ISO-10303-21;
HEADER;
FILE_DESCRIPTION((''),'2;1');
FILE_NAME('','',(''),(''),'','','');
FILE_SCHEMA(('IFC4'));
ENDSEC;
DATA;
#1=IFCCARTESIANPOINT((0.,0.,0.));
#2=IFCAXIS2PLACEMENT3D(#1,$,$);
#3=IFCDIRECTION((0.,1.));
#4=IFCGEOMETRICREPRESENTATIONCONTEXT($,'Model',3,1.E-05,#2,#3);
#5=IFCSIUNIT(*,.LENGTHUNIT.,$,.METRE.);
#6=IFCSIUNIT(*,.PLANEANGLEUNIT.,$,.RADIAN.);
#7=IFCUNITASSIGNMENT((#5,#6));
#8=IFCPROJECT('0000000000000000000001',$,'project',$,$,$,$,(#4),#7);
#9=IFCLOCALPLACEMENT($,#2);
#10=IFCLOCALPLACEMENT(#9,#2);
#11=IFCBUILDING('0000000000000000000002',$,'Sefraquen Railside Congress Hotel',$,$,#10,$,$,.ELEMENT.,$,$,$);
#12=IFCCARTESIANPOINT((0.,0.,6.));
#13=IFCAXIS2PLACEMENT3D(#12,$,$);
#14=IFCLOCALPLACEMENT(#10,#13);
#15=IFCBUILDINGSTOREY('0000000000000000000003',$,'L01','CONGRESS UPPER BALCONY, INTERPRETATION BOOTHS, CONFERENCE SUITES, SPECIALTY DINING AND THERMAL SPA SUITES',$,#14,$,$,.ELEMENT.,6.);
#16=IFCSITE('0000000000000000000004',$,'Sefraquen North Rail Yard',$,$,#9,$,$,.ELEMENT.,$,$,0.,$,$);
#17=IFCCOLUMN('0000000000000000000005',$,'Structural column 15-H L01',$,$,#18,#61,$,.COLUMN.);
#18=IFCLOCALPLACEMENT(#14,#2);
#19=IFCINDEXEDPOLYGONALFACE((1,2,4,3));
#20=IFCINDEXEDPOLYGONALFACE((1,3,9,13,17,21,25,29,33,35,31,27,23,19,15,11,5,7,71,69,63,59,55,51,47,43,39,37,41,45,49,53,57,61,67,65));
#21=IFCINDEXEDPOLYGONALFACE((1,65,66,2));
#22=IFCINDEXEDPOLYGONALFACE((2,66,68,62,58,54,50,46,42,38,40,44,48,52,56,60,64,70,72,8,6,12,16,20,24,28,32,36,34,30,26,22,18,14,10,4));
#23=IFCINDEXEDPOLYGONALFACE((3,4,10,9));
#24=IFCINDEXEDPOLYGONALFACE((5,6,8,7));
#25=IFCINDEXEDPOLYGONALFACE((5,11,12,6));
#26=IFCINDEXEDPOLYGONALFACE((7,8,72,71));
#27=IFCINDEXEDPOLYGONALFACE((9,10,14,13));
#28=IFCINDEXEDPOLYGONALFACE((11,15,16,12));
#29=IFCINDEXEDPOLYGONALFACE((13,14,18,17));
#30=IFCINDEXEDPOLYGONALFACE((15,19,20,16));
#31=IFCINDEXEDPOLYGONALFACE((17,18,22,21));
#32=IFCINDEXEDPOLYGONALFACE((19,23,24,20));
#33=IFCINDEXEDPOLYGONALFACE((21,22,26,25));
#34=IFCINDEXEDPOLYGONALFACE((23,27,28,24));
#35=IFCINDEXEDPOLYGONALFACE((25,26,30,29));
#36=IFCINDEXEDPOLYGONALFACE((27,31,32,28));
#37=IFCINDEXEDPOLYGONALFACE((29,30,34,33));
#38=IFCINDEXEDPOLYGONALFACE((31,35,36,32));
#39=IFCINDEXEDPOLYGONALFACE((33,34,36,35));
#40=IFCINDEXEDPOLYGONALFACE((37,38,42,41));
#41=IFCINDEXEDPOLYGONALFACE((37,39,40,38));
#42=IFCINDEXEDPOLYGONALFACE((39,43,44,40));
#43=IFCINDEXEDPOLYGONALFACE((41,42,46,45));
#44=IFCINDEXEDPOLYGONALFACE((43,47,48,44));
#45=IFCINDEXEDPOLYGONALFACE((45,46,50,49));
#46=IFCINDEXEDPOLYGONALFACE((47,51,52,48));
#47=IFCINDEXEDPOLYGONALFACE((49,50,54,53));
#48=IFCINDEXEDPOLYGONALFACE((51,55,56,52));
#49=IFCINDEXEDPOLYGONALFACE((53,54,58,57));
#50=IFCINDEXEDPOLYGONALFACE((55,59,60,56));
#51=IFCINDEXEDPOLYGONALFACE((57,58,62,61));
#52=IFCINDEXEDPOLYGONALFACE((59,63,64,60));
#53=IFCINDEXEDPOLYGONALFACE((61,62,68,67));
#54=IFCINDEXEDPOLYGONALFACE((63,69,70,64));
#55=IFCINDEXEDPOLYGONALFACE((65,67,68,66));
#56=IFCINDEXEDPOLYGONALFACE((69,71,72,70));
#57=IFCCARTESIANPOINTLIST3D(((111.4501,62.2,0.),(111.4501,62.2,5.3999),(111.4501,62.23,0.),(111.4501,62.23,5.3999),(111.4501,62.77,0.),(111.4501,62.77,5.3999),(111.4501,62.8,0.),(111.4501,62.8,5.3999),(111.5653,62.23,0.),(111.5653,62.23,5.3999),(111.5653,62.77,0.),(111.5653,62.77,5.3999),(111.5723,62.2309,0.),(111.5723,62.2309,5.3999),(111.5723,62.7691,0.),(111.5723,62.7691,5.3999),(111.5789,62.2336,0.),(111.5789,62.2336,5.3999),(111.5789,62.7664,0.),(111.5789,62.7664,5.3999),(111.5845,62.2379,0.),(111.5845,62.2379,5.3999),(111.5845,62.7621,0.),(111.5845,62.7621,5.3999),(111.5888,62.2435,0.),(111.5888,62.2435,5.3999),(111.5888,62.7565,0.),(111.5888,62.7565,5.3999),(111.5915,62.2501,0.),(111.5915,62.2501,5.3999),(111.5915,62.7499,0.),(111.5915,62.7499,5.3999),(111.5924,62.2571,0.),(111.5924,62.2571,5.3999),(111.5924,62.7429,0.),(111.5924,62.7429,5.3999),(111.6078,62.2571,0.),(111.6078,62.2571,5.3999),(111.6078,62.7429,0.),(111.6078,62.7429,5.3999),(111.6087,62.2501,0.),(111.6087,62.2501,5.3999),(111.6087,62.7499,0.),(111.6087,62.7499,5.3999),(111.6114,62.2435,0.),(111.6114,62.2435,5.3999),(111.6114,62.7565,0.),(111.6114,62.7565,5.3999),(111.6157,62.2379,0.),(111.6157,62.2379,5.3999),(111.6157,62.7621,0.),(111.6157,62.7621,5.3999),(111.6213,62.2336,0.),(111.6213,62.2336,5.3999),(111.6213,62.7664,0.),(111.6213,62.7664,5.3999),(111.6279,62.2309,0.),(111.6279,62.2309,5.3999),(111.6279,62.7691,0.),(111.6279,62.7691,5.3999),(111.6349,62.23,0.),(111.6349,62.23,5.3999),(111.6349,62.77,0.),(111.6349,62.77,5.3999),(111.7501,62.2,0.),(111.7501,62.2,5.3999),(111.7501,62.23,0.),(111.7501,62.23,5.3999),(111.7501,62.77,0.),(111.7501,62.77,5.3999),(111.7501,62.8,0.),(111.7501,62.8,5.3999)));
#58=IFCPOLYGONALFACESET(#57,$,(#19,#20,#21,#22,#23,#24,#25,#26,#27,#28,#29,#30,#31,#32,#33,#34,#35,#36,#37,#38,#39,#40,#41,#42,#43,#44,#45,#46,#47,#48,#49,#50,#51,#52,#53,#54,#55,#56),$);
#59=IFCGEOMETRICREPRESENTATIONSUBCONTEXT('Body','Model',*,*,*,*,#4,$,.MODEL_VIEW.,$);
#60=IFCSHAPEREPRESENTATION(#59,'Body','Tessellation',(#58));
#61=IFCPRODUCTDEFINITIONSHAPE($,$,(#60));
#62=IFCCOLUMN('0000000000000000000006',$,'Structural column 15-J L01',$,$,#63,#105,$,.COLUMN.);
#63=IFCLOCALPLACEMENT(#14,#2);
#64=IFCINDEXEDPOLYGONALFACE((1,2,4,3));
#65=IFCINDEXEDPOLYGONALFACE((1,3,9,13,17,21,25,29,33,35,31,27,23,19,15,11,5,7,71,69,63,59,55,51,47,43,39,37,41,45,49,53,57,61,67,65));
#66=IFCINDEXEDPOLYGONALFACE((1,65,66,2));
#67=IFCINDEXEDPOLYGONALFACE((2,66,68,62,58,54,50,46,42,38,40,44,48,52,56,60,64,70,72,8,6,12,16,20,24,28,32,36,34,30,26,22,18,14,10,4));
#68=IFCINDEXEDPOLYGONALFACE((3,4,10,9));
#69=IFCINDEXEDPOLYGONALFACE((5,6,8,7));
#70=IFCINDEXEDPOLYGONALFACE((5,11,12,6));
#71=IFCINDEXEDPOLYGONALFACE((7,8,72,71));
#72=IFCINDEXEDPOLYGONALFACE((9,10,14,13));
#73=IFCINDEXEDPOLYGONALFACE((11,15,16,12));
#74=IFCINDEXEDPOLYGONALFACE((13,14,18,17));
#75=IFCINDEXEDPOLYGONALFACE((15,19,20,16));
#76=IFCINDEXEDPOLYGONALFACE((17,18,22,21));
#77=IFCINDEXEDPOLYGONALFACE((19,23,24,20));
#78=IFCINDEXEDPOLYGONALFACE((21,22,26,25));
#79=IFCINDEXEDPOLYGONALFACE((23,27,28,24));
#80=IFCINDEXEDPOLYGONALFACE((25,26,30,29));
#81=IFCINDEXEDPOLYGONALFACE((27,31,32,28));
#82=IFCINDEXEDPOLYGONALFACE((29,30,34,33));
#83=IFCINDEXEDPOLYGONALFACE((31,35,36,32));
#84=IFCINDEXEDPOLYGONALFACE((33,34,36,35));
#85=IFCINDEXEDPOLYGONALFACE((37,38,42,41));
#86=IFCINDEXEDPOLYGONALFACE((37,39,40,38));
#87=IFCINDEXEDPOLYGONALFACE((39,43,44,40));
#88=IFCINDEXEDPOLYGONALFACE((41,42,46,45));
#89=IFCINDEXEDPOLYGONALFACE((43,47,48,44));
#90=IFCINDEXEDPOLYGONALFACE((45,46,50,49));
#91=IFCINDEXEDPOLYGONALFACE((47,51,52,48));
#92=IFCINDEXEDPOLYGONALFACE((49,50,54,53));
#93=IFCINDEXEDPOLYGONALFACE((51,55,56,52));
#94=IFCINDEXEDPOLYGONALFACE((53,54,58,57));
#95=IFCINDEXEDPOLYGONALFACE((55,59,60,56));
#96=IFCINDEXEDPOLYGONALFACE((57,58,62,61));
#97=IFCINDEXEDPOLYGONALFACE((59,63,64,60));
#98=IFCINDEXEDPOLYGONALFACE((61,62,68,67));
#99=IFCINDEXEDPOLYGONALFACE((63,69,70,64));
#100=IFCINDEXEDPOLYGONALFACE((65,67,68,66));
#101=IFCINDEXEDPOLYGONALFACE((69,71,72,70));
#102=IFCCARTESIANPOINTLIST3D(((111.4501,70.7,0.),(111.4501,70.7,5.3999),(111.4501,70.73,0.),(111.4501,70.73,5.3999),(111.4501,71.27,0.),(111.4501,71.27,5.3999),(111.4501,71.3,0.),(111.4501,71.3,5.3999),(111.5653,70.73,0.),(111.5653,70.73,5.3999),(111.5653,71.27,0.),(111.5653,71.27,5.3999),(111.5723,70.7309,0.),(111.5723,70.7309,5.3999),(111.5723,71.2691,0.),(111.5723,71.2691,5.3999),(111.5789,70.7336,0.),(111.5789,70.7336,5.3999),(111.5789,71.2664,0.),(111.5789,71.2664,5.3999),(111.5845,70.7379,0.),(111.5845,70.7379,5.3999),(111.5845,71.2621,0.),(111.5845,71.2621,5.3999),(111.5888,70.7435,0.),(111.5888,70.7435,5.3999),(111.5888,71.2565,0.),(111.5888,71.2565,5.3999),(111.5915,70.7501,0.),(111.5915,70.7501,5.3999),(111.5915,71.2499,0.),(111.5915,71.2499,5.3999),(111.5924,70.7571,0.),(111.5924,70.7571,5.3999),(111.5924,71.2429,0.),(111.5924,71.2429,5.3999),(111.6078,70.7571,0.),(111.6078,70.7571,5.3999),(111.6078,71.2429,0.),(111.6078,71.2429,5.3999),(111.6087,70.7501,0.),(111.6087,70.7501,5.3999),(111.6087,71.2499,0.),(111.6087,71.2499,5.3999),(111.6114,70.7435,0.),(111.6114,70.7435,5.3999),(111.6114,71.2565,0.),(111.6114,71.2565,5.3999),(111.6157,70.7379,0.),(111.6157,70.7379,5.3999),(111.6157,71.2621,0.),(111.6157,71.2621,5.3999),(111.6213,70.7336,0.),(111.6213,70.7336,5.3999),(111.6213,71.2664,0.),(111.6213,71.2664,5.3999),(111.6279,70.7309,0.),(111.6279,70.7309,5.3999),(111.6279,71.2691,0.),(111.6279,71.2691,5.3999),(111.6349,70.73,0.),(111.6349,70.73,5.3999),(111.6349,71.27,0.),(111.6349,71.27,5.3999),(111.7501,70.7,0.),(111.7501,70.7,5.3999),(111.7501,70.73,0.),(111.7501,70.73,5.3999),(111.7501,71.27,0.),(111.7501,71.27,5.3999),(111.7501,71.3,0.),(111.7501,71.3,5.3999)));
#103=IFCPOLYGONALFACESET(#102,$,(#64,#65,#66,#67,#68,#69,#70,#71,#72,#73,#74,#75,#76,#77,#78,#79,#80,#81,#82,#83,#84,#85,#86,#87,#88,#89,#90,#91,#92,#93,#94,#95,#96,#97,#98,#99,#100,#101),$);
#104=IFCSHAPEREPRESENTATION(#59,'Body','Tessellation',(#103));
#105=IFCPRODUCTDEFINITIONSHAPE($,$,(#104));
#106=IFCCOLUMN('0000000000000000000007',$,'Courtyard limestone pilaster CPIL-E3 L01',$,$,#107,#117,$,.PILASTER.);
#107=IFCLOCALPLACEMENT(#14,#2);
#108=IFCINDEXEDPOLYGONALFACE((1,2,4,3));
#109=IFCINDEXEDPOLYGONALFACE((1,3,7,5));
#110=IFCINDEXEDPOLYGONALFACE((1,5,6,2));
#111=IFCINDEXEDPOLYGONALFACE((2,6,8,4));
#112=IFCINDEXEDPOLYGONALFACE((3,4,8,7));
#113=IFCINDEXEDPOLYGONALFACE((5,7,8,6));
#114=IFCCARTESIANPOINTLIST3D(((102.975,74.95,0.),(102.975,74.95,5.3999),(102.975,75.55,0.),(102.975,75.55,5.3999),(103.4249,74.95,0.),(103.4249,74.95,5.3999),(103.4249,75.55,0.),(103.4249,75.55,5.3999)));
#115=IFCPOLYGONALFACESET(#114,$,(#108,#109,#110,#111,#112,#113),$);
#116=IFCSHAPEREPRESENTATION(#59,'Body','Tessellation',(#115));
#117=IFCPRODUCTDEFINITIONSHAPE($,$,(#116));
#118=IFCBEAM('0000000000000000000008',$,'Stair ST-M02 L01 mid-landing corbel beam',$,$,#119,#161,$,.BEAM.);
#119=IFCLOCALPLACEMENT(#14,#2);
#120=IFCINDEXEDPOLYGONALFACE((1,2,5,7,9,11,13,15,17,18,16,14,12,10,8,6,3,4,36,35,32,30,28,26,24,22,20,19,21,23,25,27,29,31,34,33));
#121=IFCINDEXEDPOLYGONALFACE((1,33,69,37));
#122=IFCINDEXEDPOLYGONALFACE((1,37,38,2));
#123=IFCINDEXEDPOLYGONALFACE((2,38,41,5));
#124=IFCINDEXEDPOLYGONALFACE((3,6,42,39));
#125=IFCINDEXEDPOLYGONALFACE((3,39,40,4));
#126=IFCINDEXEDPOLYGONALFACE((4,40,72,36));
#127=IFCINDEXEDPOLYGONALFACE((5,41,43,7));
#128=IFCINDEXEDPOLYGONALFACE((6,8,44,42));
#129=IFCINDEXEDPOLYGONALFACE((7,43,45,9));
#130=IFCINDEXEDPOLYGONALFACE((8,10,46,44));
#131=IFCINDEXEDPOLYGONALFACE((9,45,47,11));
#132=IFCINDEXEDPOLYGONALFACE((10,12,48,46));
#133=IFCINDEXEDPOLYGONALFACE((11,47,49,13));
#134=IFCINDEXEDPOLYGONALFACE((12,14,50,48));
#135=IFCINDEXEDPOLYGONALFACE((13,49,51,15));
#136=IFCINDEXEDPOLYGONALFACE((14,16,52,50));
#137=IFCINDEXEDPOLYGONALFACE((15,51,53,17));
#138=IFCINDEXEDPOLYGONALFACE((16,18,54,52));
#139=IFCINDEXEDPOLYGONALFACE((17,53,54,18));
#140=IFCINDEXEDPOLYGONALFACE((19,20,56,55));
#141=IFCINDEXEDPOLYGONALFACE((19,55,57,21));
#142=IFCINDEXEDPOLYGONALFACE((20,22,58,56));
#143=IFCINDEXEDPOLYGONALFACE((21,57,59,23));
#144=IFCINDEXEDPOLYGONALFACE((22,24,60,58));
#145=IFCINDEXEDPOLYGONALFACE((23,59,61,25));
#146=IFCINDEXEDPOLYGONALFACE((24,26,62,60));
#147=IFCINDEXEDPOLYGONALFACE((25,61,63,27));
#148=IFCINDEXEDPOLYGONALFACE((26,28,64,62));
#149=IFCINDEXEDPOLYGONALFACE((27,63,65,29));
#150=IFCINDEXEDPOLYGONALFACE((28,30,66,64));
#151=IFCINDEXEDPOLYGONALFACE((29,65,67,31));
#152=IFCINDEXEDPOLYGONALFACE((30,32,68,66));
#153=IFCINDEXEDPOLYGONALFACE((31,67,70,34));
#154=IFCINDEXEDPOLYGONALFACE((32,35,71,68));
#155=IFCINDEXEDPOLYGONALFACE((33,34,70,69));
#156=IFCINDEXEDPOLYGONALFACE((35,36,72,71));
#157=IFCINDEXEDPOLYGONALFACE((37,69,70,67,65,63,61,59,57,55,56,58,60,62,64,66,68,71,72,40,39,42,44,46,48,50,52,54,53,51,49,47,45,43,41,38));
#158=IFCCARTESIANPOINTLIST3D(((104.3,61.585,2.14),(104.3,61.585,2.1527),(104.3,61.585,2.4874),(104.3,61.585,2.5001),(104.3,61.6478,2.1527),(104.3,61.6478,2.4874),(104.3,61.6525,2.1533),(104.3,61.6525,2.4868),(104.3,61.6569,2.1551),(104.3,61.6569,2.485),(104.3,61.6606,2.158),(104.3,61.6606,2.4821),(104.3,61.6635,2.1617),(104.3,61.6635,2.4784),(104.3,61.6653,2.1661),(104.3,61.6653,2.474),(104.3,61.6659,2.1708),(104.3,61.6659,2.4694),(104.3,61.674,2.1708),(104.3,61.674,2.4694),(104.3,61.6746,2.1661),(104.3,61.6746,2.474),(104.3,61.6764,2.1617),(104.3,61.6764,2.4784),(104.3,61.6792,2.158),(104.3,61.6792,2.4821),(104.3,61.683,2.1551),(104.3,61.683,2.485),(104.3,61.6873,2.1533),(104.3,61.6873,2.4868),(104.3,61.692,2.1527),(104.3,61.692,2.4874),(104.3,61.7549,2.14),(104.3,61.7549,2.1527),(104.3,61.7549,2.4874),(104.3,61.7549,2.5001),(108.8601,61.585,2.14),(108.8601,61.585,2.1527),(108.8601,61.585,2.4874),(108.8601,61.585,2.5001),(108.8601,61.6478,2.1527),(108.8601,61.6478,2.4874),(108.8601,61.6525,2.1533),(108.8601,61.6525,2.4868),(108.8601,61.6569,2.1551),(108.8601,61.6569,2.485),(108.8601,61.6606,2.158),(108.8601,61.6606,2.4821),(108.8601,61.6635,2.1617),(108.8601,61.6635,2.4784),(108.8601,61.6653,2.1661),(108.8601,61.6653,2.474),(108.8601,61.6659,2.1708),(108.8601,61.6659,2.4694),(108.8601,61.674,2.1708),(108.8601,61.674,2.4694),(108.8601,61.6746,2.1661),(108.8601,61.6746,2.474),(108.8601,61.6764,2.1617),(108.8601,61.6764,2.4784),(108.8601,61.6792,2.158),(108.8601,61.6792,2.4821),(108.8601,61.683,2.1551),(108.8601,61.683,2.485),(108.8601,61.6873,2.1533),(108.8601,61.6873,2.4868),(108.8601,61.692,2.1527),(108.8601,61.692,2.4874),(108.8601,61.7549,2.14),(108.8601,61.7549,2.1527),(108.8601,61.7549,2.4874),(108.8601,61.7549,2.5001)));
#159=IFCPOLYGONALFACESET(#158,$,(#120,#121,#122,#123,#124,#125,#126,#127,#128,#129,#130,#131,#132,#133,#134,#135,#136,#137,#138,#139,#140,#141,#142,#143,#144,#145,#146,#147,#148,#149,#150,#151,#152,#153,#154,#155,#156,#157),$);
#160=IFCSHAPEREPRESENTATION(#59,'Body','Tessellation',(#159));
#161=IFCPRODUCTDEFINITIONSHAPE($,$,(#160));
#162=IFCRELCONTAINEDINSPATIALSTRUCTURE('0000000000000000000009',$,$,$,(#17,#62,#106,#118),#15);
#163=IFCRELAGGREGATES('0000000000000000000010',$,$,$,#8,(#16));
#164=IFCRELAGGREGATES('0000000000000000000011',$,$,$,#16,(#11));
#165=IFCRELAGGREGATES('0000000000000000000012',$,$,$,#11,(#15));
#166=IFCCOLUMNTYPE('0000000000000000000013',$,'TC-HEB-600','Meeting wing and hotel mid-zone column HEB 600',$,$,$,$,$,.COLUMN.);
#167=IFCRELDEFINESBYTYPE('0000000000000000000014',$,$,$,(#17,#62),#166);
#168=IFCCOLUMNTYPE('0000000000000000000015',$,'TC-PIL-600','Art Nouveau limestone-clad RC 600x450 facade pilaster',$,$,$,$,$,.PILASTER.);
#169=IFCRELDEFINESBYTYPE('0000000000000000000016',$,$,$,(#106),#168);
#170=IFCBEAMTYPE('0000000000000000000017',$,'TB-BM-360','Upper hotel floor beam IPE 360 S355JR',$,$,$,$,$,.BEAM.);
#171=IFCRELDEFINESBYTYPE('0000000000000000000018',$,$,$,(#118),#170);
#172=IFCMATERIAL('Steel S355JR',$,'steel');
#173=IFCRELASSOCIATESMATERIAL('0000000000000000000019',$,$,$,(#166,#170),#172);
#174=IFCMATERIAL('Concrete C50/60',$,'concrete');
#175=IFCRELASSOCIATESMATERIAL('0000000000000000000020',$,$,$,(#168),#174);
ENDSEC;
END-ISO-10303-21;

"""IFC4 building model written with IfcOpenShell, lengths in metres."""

from ifc_helpers import new_model, si_unit, direction, frame, origin, origin_2d, place, context, subcontext, project, spatial, rectangle, i_section, extrude, material, material_profile, profile_set, type_object, element, save


model = new_model("IFC4")

# Units and contexts
model_context = context("Model", 3, precision=1e-05, world=origin(), true_north=direction((0.0, 1.0)))
body_context = subcontext(model_context, "Body", "Model", "MODEL_VIEW")
ifc_project = project(units=[si_unit("LENGTHUNIT", "METRE"), si_unit("PLANEANGLEUNIT", "RADIAN")], contexts=[model_context])

# Site, building, storey
site_placement = place(None, origin())
site = spatial("IfcSite", under=ifc_project, at=site_placement, Name="Sefraquen North Rail Yard", CompositionType="ELEMENT", RefElevation=0.0)
building_placement = place(site_placement, origin())
building = spatial("IfcBuilding", under=site, at=building_placement, Name="Sefraquen Railside Congress Hotel", CompositionType="ELEMENT")
storey_placement = place(building_placement, frame((0.0, 0.0, 6.0)))
storey = spatial("IfcBuildingStorey", under=building, at=storey_placement, Name="L01", Description="CONGRESS UPPER BALCONY, INTERPRETATION BOOTHS, CONFERENCE SUITES, SPECIALTY DINING AND THERMAL SPA SUITES", CompositionType="ELEMENT", Elevation=6.0)

# Columns
ifc_material_1 = material(Name="Steel S355JR", Category="steel")
ifc_material_profile_1 = material_profile(ifc_material_1, i_section(OverallWidth=0.3, OverallDepth=0.6001, WebThickness=0.0154, FlangeThickness=0.03, FilletRadius=0.0271, at=origin_2d()), Name="HEB 600")
ifc_profile_set_1 = profile_set([ifc_material_profile_1], Name="Steel S355JR")
column_type_1 = type_object("IfcColumnType", Name="TC-HEB-600", Description="Meeting wing and hotel mid-zone column HEB 600", PredefinedType="COLUMN", material=ifc_profile_set_1)
for number, where, z_axis, x_axis, name in (
    (1, (111.6001, 62.5, 0.0), (0.0, 0.0, 1.0), (1.0, 0.0, 0.0), "Structural column 15-H L01"),
    (2, (111.6001, 71.0, 0.0), (0.0, 0.0, 1.0), (1.0, 0.0, 0.0), "Structural column 15-J L01"),
):
    element("IfcColumn", number, at=place(storey_placement, frame(where, z_axis=z_axis, x_axis=x_axis)), inside=storey, type_object=column_type_1, Name=name, PredefinedType="COLUMN", context=body_context, shape_type="SweptSolid", body=[
        extrude(i_section(OverallWidth=0.3, OverallDepth=0.6001, WebThickness=0.0154, FlangeThickness=0.03, FilletRadius=0.0271, at=origin_2d()), origin(), (0.0, 0.0, 1.0), 5.3999),
    ])
ifc_material_2 = material(Name="Concrete C50/60", Category="concrete")
ifc_material_profile_2 = material_profile(ifc_material_2, rectangle(XDim=0.45, YDim=0.6001, at=origin_2d()), Name="RC 600x450")
ifc_profile_set_2 = profile_set([ifc_material_profile_2], Name="Concrete C50/60")
column_type_2 = type_object("IfcColumnType", Name="TC-PIL-600", Description="Art Nouveau limestone-clad RC 600x450 facade pilaster", PredefinedType="PILASTER", material=ifc_profile_set_2)
column_placement = place(storey_placement, frame((103.2, 75.25, 0.0), z_axis=(0.0, 0.0, 1.0), x_axis=(1.0, 0.0, 0.0)))
element("IfcColumn", 3, at=column_placement, inside=storey, type_object=column_type_2, Name="Courtyard limestone pilaster CPIL-E3 L01", PredefinedType="PILASTER", context=body_context, shape_type="SweptSolid", body=[
    extrude(rectangle(XDim=0.45, YDim=0.6001, at=origin_2d()), origin(), (0.0, 0.0, 1.0), 5.3999),
])

# Beam
ifc_material_profile_3 = material_profile(ifc_material_1, i_section(OverallWidth=0.1699, OverallDepth=0.3601, WebThickness=0.0081, FlangeThickness=0.0127, FilletRadius=0.0181, at=origin_2d()), Name="IPE 360")
ifc_profile_set_3 = profile_set([ifc_material_profile_3], Name="Steel S355JR")
beam_type_1 = type_object("IfcBeamType", Name="TB-BM-360", Description="Upper hotel floor beam IPE 360 S355JR", PredefinedType="BEAM", material=ifc_profile_set_3)
beam_1_placement = place(storey_placement, frame((104.3, 61.6699, 2.3201), z_axis=(1.0, 0.0, 0.0), x_axis=(0.0, 1.0, 0.0)))
element("IfcBeam", 4, at=beam_1_placement, inside=storey, type_object=beam_type_1, Name="Stair ST-M02 L01 mid-landing corbel beam", PredefinedType="BEAM", context=body_context, shape_type="SweptSolid", body=[
    extrude(i_section(OverallWidth=0.1699, OverallDepth=0.3601, WebThickness=0.0081, FlangeThickness=0.0127, FilletRadius=0.0181, at=origin_2d()), origin(), (0.0, 0.0, 1.0), 4.5601),
])

save(model, "model.ifc")
